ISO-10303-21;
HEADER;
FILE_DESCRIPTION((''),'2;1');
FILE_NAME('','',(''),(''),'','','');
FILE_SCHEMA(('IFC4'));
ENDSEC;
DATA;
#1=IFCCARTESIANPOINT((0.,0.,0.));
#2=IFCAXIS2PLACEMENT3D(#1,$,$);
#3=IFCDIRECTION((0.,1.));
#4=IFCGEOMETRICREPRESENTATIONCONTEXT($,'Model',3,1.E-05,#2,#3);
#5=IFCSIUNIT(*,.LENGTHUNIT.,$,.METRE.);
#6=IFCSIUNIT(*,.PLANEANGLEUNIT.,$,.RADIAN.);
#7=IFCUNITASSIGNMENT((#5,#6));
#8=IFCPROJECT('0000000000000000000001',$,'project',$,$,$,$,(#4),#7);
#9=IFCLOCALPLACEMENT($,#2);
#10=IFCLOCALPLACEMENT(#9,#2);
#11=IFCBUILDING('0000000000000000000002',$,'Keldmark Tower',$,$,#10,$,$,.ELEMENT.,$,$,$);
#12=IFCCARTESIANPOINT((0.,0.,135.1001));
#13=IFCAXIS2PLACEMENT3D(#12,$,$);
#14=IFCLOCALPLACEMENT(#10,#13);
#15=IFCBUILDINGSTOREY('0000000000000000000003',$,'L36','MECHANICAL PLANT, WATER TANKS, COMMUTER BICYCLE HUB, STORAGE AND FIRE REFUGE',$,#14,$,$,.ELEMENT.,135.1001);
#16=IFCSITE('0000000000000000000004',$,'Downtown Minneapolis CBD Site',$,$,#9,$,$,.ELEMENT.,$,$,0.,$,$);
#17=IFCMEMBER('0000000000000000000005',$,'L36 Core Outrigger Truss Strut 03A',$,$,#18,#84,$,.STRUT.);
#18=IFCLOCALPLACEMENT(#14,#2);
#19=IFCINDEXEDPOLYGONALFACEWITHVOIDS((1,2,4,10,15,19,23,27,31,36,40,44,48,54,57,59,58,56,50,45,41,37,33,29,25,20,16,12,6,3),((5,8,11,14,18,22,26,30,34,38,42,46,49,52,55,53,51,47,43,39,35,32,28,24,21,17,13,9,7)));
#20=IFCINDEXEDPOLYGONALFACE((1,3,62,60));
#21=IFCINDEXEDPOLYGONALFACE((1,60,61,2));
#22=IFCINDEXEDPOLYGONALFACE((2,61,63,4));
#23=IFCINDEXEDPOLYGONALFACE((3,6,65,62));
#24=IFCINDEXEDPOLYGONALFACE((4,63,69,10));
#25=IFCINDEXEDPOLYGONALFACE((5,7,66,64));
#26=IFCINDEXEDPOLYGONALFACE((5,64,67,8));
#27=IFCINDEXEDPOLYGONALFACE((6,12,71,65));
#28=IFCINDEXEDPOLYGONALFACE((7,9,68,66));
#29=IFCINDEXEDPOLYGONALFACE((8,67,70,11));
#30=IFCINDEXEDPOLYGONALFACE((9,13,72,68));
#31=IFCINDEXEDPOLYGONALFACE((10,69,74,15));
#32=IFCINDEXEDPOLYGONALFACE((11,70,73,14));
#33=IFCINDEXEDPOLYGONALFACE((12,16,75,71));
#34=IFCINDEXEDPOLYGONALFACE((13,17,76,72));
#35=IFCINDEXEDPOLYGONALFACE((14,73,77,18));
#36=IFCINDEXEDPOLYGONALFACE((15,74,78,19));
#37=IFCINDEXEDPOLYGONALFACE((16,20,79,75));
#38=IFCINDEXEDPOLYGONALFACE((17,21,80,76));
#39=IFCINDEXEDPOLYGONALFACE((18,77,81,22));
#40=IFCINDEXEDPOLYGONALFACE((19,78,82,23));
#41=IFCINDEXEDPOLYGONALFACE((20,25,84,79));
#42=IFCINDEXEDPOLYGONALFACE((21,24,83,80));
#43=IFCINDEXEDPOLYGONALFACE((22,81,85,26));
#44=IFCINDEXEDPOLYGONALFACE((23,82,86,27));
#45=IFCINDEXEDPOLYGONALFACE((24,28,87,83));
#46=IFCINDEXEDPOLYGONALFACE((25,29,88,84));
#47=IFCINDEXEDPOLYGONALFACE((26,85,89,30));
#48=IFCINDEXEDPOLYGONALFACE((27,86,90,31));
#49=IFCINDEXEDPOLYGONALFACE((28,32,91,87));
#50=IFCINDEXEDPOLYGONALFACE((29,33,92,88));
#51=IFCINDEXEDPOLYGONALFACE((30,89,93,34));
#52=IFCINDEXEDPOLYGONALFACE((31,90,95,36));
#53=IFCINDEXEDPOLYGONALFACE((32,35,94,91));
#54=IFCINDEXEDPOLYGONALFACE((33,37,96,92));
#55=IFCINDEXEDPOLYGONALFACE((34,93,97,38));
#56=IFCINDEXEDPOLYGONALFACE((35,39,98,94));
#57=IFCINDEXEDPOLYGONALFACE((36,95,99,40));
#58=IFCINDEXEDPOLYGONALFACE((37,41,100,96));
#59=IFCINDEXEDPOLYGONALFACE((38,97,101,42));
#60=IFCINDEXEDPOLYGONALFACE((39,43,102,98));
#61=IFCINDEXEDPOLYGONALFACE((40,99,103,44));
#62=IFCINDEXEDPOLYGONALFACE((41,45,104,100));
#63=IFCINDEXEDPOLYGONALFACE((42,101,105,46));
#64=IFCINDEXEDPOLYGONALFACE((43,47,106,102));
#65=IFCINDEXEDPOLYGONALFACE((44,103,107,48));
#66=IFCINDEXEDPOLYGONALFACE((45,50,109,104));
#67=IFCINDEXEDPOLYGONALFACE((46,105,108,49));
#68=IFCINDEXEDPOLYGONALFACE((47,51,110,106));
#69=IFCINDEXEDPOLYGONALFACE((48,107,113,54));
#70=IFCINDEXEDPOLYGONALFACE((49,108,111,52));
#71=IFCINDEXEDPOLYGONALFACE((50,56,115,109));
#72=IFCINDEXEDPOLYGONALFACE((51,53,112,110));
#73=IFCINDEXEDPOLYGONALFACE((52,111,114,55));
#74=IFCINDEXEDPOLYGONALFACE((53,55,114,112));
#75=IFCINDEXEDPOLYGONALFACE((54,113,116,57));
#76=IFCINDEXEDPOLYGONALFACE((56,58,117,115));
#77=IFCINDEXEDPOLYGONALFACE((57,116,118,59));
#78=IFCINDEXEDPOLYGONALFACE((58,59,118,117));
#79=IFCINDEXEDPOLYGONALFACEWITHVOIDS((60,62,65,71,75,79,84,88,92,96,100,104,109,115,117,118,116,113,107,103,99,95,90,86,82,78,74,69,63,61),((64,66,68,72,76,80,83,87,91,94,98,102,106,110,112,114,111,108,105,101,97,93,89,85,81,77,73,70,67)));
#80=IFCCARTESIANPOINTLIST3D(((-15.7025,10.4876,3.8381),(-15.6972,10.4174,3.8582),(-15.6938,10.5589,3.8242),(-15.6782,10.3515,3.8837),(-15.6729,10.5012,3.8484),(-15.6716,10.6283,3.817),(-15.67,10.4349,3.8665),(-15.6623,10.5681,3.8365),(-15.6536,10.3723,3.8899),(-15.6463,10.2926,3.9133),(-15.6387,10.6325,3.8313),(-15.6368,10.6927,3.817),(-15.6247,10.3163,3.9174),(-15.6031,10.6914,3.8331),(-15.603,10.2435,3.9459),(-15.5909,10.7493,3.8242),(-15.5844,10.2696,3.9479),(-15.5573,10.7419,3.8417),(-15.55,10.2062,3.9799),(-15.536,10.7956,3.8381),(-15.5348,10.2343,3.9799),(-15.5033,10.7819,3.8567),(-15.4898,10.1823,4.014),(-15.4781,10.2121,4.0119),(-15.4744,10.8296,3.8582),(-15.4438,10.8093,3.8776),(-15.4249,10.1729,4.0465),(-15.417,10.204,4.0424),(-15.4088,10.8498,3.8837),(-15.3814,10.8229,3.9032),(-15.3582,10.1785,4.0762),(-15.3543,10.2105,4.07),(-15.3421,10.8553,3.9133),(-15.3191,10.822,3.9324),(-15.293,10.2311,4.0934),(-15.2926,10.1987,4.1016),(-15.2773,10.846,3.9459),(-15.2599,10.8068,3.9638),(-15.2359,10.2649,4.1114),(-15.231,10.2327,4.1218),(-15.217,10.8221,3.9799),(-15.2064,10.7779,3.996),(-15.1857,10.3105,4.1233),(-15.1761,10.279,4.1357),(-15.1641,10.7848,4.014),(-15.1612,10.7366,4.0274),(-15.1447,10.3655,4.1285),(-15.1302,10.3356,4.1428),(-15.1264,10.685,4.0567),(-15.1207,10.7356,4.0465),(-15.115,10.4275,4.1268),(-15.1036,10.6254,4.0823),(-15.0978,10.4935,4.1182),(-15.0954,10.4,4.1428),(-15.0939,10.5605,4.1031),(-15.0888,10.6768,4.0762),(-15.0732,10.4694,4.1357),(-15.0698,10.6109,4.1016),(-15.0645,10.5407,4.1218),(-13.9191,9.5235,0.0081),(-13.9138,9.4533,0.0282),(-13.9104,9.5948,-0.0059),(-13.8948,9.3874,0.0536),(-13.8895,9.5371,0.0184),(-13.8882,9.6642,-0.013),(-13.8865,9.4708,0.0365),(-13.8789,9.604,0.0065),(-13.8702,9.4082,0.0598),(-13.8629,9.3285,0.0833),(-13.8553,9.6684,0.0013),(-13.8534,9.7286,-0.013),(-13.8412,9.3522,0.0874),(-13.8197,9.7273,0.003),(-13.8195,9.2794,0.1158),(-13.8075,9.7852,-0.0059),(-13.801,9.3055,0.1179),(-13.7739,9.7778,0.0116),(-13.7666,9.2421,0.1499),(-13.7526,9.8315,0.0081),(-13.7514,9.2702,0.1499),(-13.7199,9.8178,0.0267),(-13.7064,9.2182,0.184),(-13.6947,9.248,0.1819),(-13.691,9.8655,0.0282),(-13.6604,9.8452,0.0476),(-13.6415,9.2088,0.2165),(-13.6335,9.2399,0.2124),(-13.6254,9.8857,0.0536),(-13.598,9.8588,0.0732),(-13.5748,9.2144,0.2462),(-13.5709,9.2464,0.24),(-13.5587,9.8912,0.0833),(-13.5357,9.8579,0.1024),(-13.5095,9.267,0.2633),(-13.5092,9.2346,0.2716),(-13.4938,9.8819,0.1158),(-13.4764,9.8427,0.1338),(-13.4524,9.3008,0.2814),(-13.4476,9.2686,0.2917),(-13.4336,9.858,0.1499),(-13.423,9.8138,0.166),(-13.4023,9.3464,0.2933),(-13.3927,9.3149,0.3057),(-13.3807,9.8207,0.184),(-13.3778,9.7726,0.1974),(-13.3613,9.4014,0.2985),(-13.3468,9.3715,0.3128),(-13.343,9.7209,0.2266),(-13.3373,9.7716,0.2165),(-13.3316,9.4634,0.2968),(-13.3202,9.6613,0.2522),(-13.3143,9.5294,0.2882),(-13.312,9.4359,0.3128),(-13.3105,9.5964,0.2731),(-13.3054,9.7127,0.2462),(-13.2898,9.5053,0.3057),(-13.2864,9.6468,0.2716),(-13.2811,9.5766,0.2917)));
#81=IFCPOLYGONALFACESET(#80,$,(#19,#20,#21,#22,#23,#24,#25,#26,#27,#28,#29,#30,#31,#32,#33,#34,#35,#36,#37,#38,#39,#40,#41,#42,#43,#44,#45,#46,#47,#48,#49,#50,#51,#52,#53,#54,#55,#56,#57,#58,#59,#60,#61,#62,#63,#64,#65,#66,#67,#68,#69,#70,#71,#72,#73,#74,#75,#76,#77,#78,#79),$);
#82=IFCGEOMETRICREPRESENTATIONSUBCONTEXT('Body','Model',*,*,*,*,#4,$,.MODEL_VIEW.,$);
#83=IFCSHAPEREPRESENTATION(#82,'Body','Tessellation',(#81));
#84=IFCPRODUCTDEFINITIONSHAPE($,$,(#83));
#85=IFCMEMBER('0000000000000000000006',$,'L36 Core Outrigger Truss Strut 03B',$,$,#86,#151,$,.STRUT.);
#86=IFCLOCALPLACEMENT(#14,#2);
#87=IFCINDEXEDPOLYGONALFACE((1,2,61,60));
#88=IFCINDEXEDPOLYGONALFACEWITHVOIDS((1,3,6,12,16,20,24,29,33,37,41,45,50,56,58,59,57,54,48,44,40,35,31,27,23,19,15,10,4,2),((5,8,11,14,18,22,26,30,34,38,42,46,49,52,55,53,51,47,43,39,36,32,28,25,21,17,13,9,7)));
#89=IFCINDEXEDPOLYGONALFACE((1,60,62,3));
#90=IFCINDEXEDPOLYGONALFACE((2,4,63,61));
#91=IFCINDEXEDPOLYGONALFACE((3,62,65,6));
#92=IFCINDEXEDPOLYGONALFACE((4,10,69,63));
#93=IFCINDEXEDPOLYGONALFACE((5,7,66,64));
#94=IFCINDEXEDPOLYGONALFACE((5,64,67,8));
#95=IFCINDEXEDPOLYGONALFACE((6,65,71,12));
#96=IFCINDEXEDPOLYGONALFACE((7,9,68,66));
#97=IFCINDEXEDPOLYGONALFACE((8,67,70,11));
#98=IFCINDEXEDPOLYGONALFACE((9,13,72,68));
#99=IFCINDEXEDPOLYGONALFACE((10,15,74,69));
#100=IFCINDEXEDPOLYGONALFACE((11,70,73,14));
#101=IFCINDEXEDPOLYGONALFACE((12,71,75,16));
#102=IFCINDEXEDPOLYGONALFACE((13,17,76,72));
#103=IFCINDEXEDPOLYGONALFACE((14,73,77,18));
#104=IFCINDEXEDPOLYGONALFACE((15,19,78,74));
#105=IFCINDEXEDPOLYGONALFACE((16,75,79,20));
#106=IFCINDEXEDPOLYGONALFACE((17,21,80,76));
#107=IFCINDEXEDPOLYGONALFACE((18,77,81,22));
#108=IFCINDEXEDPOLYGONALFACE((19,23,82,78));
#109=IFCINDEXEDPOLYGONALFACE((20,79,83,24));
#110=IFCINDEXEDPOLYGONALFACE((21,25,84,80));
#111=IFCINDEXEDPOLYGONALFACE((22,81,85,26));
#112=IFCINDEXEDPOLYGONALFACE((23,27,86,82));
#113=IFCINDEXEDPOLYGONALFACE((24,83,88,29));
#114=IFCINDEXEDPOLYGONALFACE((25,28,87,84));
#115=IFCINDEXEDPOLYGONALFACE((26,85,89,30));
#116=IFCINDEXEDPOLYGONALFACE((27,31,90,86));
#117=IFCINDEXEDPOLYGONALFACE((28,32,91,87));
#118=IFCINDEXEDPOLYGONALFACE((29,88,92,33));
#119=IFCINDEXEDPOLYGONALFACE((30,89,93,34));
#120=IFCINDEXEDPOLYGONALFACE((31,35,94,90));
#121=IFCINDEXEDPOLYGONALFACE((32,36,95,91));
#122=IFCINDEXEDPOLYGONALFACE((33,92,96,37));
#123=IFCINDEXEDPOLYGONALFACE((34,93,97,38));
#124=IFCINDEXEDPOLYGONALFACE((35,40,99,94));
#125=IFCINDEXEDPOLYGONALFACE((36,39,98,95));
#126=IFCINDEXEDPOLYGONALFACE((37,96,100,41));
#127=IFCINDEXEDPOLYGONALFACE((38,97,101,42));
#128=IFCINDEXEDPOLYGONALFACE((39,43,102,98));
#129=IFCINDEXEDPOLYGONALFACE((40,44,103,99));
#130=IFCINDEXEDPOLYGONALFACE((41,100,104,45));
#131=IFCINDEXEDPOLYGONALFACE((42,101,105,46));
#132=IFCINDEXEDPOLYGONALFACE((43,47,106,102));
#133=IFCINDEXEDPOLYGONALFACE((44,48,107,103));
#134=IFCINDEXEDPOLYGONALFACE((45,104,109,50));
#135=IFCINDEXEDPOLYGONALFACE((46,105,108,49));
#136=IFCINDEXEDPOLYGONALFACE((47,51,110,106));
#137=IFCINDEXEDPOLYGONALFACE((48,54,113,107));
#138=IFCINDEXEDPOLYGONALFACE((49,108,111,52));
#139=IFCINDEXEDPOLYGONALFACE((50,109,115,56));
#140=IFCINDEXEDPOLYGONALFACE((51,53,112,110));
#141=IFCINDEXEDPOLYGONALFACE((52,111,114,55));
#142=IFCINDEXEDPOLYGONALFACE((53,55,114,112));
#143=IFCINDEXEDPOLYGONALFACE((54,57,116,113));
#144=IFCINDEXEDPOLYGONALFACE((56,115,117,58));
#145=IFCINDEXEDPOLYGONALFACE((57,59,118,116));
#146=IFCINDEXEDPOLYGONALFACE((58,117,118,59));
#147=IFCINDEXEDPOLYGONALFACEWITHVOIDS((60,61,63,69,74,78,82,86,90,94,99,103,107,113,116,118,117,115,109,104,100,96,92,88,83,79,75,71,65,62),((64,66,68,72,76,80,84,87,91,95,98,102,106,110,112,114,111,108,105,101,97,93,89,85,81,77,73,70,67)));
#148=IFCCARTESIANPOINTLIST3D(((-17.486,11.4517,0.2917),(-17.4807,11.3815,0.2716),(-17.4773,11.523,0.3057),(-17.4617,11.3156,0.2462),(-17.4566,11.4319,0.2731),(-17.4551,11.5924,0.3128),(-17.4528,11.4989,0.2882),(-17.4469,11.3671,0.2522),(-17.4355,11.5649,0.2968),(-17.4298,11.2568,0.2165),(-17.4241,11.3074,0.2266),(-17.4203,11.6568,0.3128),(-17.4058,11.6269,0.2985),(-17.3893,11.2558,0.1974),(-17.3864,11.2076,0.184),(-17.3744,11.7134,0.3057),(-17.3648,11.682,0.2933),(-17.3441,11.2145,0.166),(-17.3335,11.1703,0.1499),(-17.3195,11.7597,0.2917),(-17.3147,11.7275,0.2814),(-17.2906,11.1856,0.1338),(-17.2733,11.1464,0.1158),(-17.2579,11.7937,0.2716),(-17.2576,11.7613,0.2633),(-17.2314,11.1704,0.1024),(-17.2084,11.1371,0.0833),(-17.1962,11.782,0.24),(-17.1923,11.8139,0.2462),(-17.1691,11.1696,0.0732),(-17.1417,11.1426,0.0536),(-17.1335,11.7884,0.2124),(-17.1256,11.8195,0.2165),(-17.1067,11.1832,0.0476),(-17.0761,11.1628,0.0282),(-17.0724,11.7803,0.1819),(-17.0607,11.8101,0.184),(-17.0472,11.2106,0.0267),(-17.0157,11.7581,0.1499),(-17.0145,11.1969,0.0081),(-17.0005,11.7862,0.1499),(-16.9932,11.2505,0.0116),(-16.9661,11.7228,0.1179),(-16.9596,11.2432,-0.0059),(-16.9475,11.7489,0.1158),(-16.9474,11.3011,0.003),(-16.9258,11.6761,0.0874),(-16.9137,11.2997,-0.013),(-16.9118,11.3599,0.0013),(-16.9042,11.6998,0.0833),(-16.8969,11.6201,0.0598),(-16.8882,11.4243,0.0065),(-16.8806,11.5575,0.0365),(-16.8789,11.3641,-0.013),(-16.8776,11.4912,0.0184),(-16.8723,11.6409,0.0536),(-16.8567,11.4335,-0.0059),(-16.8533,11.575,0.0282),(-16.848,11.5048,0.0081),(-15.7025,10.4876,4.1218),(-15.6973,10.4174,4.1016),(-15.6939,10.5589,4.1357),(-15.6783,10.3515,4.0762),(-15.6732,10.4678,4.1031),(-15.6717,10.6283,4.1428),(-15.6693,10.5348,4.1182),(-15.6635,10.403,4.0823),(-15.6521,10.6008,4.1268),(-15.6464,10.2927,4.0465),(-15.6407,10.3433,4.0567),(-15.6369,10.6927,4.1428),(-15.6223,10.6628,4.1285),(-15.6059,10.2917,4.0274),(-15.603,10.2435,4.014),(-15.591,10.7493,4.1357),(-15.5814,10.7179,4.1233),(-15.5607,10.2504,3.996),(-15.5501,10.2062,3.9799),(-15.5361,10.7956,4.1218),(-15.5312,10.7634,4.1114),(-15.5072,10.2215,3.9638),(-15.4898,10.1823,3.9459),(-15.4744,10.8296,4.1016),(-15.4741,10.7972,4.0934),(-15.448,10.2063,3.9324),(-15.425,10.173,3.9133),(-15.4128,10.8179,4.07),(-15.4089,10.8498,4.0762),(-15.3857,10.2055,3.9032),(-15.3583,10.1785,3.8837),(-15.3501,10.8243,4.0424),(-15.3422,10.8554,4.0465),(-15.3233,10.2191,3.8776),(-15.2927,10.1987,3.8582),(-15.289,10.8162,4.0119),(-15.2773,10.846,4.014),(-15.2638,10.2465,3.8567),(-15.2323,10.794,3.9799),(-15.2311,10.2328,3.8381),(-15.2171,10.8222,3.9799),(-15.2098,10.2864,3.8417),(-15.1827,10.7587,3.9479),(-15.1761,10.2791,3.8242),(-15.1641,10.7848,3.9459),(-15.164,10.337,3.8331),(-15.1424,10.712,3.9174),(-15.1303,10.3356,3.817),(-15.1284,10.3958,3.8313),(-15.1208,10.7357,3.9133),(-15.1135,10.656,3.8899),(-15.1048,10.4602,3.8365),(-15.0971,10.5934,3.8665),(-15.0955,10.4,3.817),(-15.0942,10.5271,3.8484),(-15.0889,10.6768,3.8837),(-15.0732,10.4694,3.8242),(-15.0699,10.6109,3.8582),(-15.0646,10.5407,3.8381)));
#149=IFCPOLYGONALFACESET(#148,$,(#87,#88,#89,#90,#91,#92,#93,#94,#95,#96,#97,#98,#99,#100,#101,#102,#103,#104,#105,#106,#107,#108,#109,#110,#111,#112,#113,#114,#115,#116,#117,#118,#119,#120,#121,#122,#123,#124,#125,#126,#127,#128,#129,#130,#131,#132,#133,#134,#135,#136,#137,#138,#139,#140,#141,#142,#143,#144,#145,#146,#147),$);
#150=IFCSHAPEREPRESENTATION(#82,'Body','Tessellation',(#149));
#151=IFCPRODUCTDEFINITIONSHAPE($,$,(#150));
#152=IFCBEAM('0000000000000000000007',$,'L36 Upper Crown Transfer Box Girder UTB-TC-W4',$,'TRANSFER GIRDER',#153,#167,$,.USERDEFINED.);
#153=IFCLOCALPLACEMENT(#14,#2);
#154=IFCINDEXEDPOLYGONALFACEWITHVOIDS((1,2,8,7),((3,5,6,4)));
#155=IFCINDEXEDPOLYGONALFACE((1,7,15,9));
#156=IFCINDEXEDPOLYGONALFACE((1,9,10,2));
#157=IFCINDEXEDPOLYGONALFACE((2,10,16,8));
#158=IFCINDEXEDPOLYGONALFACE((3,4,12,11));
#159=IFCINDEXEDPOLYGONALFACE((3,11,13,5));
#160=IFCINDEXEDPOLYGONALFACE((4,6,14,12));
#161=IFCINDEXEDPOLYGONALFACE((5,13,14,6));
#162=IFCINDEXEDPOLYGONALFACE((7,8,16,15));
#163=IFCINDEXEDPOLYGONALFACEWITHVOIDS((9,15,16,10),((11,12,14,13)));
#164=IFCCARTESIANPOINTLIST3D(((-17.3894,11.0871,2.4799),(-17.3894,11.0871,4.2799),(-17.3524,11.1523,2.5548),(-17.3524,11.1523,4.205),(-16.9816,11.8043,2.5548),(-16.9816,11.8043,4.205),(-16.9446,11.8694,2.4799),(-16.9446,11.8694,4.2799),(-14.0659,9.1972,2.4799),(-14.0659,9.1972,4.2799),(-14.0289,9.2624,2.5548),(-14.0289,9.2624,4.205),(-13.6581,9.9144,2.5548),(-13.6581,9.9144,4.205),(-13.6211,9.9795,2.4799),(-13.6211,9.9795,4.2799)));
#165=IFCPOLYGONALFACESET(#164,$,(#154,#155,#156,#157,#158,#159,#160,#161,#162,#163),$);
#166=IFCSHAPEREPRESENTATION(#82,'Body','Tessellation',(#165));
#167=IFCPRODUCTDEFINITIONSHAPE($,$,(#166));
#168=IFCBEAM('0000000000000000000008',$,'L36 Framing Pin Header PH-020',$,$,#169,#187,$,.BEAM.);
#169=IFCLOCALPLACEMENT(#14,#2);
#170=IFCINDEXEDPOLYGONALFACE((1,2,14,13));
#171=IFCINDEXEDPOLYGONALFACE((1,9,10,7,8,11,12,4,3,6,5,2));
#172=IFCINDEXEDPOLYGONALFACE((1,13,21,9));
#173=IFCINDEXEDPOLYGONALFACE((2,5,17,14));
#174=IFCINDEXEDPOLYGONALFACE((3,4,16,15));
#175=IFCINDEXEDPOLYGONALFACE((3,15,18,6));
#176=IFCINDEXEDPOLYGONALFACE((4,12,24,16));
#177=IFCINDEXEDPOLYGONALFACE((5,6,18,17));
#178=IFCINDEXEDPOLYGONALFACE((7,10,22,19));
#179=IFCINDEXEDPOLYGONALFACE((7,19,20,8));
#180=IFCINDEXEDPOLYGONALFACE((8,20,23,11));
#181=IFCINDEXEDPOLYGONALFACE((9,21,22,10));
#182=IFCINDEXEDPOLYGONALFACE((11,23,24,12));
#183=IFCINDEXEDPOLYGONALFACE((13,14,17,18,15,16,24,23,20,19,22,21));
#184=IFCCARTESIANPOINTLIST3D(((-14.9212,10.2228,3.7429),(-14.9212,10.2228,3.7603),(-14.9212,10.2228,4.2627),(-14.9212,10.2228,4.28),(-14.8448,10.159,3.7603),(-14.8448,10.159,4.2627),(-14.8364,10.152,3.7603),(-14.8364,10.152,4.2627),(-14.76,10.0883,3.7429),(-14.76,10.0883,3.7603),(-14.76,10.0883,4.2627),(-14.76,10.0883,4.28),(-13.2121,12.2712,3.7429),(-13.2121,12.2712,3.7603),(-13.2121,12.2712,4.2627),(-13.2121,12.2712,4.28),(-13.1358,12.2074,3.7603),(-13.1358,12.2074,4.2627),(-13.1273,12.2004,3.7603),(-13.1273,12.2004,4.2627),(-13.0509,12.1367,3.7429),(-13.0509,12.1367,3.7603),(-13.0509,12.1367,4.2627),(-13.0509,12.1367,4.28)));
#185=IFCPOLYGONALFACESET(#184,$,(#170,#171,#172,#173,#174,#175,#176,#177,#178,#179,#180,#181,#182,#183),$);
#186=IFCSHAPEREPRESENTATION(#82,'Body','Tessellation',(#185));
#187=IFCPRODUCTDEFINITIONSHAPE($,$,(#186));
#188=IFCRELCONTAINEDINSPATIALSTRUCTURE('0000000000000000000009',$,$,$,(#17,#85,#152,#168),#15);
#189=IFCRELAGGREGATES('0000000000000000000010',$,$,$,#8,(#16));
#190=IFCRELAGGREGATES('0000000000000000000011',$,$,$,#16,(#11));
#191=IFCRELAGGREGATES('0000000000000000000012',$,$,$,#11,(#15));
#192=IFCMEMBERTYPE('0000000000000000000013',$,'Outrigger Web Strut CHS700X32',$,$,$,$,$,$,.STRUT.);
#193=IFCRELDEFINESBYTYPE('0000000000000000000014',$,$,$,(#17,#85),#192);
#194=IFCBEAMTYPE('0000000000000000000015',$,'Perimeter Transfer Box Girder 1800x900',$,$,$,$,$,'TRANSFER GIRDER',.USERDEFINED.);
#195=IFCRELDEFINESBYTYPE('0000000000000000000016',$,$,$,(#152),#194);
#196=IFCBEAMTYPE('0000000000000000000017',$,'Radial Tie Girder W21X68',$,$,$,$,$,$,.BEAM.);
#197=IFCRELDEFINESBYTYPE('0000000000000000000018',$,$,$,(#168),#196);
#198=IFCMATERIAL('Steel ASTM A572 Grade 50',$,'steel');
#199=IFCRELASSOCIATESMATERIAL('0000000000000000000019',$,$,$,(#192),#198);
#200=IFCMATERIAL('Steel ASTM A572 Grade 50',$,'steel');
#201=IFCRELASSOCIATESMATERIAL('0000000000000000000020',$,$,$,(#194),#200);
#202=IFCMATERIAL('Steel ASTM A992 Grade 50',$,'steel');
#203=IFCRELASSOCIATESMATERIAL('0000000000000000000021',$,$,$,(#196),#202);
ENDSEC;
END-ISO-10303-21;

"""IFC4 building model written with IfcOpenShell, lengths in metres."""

from ifc_helpers import new_model, si_unit, direction, frame, origin, origin_2d, place, context, subcontext, project, spatial, hollow_rectangle, hollow_circle, i_section, extrude, material, material_profile, profile_set, type_object, element, save


model = new_model("IFC4")

# Units and contexts
model_context = context("Model", 3, precision=1e-05, world=origin(), true_north=direction((0.0, 1.0)))
body_context = subcontext(model_context, "Body", "Model", "MODEL_VIEW")
ifc_project = project(units=[si_unit("LENGTHUNIT", "METRE"), si_unit("PLANEANGLEUNIT", "RADIAN")], contexts=[model_context])

# Site, building, storey
site_placement = place(None, origin())
site = spatial("IfcSite", under=ifc_project, at=site_placement, Name="Downtown Minneapolis CBD Site", CompositionType="ELEMENT", RefElevation=0.0)
building_placement = place(site_placement, origin())
building = spatial("IfcBuilding", under=site, at=building_placement, Name="Keldmark Tower", CompositionType="ELEMENT")
storey_placement = place(building_placement, frame((0.0, 0.0, 135.1001)))
storey = spatial("IfcBuildingStorey", under=building, at=storey_placement, Name="L36", Description="MECHANICAL PLANT, WATER TANKS, COMMUTER BICYCLE HUB, STORAGE AND FIRE REFUGE", CompositionType="ELEMENT", Elevation=135.1001)

# Members
ifc_material_1 = material(Name="Steel ASTM A572 Grade 50", Category="steel")
ifc_material_profile_1 = material_profile(ifc_material_1, hollow_circle(Radius=0.3501, WallThickness=0.032, at=origin_2d()), Name="CHS700X32")
ifc_profile_set_1 = profile_set([ifc_material_profile_1], Name="Steel ASTM A572 Grade 50")
member_type_1 = type_object("IfcMemberType", Name="Outrigger Web Strut CHS700X32", PredefinedType="STRUT", material=ifc_profile_set_1)
for number, where, z_axis, x_axis, name in (
    (1, (-13.6001, 9.55, 0.1499), (-0.411544, 0.222476, 0.883819), (-0.47555, -0.879689, 0.0), "L36 Core Outrigger Truss Strut 03A"),
    (2, (-17.167, 11.4783, 0.1499), (0.411544, -0.222476, 0.883819), (0.47555, 0.879689, 0.0), "L36 Core Outrigger Truss Strut 03B"),
):
    element("IfcMember", number, at=place(storey_placement, frame(where, z_axis=z_axis, x_axis=x_axis)), inside=storey, type_object=member_type_1, Name=name, PredefinedType="STRUT", context=body_context, shape_type="SweptSolid", body=[
        extrude(hollow_circle(Radius=0.3501, WallThickness=0.032, at=origin_2d()), origin(), (0.0, 0.0, 1.0), 4.3335),
    ])

# Beams
ifc_material_2 = material(Name="Steel ASTM A572 Grade 50", Category="steel")
ifc_material_profile_2 = material_profile(ifc_material_2, hollow_rectangle(XDim=0.8999, YDim=1.8, WallThickness=0.075, at=origin_2d()), Name="TBOX1800X900X75")
ifc_profile_set_2 = profile_set([ifc_material_profile_2], Name="Steel ASTM A572 Grade 50")
beam_type_1 = type_object("IfcBeamType", Name="Perimeter Transfer Box Girder 1800x900", ElementType="TRANSFER GIRDER", PredefinedType="USERDEFINED", material=ifc_profile_set_2)
beam_1_placement = place(storey_placement, frame((-17.167, 11.4783, 3.3799), z_axis=(0.869283, -0.494315, 0.0), x_axis=(0.494315, 0.869283, 0.0)))
element("IfcBeam", 3, at=beam_1_placement, inside=storey, type_object=beam_type_1, Name="L36 Upper Crown Transfer Box Girder UTB-TC-W4", ObjectType="TRANSFER GIRDER", PredefinedType="USERDEFINED", context=body_context, shape_type="SweptSolid", body=[
    extrude(hollow_rectangle(XDim=0.8999, YDim=1.8, WallThickness=0.075, at=origin_2d()), origin(), (0.0, 0.0, 1.0), 3.8232),
])
ifc_material_3 = material(Name="Steel ASTM A992 Grade 50", Category="steel")
ifc_material_profile_3 = material_profile(ifc_material_3, i_section(OverallWidth=0.21, OverallDepth=0.5371, WebThickness=0.011, FlangeThickness=0.0173, at=origin_2d()), Name="W21X68")
ifc_profile_set_3 = profile_set([ifc_material_profile_3], Name="Steel ASTM A992 Grade 50")
beam_type_2 = type_object("IfcBeamType", Name="Radial Tie Girder W21X68", PredefinedType="BEAM", material=ifc_profile_set_3)
beam_2_placement = place(storey_placement, frame((-14.8406, 10.1555, 4.0115), z_axis=(0.640634, 0.767846, 0.0), x_axis=(-0.767846, 0.640634, 0.0)))
element("IfcBeam", 4, at=beam_2_placement, inside=storey, type_object=beam_type_2, Name="L36 Framing Pin Header PH-020", PredefinedType="BEAM", context=body_context, shape_type="SweptSolid", body=[
    extrude(i_section(OverallWidth=0.21, OverallDepth=0.5371, WebThickness=0.011, FlangeThickness=0.0173, at=origin_2d()), origin(), (0.0, 0.0, 1.0), 2.6677),
])

save(model, "model.ifc")
